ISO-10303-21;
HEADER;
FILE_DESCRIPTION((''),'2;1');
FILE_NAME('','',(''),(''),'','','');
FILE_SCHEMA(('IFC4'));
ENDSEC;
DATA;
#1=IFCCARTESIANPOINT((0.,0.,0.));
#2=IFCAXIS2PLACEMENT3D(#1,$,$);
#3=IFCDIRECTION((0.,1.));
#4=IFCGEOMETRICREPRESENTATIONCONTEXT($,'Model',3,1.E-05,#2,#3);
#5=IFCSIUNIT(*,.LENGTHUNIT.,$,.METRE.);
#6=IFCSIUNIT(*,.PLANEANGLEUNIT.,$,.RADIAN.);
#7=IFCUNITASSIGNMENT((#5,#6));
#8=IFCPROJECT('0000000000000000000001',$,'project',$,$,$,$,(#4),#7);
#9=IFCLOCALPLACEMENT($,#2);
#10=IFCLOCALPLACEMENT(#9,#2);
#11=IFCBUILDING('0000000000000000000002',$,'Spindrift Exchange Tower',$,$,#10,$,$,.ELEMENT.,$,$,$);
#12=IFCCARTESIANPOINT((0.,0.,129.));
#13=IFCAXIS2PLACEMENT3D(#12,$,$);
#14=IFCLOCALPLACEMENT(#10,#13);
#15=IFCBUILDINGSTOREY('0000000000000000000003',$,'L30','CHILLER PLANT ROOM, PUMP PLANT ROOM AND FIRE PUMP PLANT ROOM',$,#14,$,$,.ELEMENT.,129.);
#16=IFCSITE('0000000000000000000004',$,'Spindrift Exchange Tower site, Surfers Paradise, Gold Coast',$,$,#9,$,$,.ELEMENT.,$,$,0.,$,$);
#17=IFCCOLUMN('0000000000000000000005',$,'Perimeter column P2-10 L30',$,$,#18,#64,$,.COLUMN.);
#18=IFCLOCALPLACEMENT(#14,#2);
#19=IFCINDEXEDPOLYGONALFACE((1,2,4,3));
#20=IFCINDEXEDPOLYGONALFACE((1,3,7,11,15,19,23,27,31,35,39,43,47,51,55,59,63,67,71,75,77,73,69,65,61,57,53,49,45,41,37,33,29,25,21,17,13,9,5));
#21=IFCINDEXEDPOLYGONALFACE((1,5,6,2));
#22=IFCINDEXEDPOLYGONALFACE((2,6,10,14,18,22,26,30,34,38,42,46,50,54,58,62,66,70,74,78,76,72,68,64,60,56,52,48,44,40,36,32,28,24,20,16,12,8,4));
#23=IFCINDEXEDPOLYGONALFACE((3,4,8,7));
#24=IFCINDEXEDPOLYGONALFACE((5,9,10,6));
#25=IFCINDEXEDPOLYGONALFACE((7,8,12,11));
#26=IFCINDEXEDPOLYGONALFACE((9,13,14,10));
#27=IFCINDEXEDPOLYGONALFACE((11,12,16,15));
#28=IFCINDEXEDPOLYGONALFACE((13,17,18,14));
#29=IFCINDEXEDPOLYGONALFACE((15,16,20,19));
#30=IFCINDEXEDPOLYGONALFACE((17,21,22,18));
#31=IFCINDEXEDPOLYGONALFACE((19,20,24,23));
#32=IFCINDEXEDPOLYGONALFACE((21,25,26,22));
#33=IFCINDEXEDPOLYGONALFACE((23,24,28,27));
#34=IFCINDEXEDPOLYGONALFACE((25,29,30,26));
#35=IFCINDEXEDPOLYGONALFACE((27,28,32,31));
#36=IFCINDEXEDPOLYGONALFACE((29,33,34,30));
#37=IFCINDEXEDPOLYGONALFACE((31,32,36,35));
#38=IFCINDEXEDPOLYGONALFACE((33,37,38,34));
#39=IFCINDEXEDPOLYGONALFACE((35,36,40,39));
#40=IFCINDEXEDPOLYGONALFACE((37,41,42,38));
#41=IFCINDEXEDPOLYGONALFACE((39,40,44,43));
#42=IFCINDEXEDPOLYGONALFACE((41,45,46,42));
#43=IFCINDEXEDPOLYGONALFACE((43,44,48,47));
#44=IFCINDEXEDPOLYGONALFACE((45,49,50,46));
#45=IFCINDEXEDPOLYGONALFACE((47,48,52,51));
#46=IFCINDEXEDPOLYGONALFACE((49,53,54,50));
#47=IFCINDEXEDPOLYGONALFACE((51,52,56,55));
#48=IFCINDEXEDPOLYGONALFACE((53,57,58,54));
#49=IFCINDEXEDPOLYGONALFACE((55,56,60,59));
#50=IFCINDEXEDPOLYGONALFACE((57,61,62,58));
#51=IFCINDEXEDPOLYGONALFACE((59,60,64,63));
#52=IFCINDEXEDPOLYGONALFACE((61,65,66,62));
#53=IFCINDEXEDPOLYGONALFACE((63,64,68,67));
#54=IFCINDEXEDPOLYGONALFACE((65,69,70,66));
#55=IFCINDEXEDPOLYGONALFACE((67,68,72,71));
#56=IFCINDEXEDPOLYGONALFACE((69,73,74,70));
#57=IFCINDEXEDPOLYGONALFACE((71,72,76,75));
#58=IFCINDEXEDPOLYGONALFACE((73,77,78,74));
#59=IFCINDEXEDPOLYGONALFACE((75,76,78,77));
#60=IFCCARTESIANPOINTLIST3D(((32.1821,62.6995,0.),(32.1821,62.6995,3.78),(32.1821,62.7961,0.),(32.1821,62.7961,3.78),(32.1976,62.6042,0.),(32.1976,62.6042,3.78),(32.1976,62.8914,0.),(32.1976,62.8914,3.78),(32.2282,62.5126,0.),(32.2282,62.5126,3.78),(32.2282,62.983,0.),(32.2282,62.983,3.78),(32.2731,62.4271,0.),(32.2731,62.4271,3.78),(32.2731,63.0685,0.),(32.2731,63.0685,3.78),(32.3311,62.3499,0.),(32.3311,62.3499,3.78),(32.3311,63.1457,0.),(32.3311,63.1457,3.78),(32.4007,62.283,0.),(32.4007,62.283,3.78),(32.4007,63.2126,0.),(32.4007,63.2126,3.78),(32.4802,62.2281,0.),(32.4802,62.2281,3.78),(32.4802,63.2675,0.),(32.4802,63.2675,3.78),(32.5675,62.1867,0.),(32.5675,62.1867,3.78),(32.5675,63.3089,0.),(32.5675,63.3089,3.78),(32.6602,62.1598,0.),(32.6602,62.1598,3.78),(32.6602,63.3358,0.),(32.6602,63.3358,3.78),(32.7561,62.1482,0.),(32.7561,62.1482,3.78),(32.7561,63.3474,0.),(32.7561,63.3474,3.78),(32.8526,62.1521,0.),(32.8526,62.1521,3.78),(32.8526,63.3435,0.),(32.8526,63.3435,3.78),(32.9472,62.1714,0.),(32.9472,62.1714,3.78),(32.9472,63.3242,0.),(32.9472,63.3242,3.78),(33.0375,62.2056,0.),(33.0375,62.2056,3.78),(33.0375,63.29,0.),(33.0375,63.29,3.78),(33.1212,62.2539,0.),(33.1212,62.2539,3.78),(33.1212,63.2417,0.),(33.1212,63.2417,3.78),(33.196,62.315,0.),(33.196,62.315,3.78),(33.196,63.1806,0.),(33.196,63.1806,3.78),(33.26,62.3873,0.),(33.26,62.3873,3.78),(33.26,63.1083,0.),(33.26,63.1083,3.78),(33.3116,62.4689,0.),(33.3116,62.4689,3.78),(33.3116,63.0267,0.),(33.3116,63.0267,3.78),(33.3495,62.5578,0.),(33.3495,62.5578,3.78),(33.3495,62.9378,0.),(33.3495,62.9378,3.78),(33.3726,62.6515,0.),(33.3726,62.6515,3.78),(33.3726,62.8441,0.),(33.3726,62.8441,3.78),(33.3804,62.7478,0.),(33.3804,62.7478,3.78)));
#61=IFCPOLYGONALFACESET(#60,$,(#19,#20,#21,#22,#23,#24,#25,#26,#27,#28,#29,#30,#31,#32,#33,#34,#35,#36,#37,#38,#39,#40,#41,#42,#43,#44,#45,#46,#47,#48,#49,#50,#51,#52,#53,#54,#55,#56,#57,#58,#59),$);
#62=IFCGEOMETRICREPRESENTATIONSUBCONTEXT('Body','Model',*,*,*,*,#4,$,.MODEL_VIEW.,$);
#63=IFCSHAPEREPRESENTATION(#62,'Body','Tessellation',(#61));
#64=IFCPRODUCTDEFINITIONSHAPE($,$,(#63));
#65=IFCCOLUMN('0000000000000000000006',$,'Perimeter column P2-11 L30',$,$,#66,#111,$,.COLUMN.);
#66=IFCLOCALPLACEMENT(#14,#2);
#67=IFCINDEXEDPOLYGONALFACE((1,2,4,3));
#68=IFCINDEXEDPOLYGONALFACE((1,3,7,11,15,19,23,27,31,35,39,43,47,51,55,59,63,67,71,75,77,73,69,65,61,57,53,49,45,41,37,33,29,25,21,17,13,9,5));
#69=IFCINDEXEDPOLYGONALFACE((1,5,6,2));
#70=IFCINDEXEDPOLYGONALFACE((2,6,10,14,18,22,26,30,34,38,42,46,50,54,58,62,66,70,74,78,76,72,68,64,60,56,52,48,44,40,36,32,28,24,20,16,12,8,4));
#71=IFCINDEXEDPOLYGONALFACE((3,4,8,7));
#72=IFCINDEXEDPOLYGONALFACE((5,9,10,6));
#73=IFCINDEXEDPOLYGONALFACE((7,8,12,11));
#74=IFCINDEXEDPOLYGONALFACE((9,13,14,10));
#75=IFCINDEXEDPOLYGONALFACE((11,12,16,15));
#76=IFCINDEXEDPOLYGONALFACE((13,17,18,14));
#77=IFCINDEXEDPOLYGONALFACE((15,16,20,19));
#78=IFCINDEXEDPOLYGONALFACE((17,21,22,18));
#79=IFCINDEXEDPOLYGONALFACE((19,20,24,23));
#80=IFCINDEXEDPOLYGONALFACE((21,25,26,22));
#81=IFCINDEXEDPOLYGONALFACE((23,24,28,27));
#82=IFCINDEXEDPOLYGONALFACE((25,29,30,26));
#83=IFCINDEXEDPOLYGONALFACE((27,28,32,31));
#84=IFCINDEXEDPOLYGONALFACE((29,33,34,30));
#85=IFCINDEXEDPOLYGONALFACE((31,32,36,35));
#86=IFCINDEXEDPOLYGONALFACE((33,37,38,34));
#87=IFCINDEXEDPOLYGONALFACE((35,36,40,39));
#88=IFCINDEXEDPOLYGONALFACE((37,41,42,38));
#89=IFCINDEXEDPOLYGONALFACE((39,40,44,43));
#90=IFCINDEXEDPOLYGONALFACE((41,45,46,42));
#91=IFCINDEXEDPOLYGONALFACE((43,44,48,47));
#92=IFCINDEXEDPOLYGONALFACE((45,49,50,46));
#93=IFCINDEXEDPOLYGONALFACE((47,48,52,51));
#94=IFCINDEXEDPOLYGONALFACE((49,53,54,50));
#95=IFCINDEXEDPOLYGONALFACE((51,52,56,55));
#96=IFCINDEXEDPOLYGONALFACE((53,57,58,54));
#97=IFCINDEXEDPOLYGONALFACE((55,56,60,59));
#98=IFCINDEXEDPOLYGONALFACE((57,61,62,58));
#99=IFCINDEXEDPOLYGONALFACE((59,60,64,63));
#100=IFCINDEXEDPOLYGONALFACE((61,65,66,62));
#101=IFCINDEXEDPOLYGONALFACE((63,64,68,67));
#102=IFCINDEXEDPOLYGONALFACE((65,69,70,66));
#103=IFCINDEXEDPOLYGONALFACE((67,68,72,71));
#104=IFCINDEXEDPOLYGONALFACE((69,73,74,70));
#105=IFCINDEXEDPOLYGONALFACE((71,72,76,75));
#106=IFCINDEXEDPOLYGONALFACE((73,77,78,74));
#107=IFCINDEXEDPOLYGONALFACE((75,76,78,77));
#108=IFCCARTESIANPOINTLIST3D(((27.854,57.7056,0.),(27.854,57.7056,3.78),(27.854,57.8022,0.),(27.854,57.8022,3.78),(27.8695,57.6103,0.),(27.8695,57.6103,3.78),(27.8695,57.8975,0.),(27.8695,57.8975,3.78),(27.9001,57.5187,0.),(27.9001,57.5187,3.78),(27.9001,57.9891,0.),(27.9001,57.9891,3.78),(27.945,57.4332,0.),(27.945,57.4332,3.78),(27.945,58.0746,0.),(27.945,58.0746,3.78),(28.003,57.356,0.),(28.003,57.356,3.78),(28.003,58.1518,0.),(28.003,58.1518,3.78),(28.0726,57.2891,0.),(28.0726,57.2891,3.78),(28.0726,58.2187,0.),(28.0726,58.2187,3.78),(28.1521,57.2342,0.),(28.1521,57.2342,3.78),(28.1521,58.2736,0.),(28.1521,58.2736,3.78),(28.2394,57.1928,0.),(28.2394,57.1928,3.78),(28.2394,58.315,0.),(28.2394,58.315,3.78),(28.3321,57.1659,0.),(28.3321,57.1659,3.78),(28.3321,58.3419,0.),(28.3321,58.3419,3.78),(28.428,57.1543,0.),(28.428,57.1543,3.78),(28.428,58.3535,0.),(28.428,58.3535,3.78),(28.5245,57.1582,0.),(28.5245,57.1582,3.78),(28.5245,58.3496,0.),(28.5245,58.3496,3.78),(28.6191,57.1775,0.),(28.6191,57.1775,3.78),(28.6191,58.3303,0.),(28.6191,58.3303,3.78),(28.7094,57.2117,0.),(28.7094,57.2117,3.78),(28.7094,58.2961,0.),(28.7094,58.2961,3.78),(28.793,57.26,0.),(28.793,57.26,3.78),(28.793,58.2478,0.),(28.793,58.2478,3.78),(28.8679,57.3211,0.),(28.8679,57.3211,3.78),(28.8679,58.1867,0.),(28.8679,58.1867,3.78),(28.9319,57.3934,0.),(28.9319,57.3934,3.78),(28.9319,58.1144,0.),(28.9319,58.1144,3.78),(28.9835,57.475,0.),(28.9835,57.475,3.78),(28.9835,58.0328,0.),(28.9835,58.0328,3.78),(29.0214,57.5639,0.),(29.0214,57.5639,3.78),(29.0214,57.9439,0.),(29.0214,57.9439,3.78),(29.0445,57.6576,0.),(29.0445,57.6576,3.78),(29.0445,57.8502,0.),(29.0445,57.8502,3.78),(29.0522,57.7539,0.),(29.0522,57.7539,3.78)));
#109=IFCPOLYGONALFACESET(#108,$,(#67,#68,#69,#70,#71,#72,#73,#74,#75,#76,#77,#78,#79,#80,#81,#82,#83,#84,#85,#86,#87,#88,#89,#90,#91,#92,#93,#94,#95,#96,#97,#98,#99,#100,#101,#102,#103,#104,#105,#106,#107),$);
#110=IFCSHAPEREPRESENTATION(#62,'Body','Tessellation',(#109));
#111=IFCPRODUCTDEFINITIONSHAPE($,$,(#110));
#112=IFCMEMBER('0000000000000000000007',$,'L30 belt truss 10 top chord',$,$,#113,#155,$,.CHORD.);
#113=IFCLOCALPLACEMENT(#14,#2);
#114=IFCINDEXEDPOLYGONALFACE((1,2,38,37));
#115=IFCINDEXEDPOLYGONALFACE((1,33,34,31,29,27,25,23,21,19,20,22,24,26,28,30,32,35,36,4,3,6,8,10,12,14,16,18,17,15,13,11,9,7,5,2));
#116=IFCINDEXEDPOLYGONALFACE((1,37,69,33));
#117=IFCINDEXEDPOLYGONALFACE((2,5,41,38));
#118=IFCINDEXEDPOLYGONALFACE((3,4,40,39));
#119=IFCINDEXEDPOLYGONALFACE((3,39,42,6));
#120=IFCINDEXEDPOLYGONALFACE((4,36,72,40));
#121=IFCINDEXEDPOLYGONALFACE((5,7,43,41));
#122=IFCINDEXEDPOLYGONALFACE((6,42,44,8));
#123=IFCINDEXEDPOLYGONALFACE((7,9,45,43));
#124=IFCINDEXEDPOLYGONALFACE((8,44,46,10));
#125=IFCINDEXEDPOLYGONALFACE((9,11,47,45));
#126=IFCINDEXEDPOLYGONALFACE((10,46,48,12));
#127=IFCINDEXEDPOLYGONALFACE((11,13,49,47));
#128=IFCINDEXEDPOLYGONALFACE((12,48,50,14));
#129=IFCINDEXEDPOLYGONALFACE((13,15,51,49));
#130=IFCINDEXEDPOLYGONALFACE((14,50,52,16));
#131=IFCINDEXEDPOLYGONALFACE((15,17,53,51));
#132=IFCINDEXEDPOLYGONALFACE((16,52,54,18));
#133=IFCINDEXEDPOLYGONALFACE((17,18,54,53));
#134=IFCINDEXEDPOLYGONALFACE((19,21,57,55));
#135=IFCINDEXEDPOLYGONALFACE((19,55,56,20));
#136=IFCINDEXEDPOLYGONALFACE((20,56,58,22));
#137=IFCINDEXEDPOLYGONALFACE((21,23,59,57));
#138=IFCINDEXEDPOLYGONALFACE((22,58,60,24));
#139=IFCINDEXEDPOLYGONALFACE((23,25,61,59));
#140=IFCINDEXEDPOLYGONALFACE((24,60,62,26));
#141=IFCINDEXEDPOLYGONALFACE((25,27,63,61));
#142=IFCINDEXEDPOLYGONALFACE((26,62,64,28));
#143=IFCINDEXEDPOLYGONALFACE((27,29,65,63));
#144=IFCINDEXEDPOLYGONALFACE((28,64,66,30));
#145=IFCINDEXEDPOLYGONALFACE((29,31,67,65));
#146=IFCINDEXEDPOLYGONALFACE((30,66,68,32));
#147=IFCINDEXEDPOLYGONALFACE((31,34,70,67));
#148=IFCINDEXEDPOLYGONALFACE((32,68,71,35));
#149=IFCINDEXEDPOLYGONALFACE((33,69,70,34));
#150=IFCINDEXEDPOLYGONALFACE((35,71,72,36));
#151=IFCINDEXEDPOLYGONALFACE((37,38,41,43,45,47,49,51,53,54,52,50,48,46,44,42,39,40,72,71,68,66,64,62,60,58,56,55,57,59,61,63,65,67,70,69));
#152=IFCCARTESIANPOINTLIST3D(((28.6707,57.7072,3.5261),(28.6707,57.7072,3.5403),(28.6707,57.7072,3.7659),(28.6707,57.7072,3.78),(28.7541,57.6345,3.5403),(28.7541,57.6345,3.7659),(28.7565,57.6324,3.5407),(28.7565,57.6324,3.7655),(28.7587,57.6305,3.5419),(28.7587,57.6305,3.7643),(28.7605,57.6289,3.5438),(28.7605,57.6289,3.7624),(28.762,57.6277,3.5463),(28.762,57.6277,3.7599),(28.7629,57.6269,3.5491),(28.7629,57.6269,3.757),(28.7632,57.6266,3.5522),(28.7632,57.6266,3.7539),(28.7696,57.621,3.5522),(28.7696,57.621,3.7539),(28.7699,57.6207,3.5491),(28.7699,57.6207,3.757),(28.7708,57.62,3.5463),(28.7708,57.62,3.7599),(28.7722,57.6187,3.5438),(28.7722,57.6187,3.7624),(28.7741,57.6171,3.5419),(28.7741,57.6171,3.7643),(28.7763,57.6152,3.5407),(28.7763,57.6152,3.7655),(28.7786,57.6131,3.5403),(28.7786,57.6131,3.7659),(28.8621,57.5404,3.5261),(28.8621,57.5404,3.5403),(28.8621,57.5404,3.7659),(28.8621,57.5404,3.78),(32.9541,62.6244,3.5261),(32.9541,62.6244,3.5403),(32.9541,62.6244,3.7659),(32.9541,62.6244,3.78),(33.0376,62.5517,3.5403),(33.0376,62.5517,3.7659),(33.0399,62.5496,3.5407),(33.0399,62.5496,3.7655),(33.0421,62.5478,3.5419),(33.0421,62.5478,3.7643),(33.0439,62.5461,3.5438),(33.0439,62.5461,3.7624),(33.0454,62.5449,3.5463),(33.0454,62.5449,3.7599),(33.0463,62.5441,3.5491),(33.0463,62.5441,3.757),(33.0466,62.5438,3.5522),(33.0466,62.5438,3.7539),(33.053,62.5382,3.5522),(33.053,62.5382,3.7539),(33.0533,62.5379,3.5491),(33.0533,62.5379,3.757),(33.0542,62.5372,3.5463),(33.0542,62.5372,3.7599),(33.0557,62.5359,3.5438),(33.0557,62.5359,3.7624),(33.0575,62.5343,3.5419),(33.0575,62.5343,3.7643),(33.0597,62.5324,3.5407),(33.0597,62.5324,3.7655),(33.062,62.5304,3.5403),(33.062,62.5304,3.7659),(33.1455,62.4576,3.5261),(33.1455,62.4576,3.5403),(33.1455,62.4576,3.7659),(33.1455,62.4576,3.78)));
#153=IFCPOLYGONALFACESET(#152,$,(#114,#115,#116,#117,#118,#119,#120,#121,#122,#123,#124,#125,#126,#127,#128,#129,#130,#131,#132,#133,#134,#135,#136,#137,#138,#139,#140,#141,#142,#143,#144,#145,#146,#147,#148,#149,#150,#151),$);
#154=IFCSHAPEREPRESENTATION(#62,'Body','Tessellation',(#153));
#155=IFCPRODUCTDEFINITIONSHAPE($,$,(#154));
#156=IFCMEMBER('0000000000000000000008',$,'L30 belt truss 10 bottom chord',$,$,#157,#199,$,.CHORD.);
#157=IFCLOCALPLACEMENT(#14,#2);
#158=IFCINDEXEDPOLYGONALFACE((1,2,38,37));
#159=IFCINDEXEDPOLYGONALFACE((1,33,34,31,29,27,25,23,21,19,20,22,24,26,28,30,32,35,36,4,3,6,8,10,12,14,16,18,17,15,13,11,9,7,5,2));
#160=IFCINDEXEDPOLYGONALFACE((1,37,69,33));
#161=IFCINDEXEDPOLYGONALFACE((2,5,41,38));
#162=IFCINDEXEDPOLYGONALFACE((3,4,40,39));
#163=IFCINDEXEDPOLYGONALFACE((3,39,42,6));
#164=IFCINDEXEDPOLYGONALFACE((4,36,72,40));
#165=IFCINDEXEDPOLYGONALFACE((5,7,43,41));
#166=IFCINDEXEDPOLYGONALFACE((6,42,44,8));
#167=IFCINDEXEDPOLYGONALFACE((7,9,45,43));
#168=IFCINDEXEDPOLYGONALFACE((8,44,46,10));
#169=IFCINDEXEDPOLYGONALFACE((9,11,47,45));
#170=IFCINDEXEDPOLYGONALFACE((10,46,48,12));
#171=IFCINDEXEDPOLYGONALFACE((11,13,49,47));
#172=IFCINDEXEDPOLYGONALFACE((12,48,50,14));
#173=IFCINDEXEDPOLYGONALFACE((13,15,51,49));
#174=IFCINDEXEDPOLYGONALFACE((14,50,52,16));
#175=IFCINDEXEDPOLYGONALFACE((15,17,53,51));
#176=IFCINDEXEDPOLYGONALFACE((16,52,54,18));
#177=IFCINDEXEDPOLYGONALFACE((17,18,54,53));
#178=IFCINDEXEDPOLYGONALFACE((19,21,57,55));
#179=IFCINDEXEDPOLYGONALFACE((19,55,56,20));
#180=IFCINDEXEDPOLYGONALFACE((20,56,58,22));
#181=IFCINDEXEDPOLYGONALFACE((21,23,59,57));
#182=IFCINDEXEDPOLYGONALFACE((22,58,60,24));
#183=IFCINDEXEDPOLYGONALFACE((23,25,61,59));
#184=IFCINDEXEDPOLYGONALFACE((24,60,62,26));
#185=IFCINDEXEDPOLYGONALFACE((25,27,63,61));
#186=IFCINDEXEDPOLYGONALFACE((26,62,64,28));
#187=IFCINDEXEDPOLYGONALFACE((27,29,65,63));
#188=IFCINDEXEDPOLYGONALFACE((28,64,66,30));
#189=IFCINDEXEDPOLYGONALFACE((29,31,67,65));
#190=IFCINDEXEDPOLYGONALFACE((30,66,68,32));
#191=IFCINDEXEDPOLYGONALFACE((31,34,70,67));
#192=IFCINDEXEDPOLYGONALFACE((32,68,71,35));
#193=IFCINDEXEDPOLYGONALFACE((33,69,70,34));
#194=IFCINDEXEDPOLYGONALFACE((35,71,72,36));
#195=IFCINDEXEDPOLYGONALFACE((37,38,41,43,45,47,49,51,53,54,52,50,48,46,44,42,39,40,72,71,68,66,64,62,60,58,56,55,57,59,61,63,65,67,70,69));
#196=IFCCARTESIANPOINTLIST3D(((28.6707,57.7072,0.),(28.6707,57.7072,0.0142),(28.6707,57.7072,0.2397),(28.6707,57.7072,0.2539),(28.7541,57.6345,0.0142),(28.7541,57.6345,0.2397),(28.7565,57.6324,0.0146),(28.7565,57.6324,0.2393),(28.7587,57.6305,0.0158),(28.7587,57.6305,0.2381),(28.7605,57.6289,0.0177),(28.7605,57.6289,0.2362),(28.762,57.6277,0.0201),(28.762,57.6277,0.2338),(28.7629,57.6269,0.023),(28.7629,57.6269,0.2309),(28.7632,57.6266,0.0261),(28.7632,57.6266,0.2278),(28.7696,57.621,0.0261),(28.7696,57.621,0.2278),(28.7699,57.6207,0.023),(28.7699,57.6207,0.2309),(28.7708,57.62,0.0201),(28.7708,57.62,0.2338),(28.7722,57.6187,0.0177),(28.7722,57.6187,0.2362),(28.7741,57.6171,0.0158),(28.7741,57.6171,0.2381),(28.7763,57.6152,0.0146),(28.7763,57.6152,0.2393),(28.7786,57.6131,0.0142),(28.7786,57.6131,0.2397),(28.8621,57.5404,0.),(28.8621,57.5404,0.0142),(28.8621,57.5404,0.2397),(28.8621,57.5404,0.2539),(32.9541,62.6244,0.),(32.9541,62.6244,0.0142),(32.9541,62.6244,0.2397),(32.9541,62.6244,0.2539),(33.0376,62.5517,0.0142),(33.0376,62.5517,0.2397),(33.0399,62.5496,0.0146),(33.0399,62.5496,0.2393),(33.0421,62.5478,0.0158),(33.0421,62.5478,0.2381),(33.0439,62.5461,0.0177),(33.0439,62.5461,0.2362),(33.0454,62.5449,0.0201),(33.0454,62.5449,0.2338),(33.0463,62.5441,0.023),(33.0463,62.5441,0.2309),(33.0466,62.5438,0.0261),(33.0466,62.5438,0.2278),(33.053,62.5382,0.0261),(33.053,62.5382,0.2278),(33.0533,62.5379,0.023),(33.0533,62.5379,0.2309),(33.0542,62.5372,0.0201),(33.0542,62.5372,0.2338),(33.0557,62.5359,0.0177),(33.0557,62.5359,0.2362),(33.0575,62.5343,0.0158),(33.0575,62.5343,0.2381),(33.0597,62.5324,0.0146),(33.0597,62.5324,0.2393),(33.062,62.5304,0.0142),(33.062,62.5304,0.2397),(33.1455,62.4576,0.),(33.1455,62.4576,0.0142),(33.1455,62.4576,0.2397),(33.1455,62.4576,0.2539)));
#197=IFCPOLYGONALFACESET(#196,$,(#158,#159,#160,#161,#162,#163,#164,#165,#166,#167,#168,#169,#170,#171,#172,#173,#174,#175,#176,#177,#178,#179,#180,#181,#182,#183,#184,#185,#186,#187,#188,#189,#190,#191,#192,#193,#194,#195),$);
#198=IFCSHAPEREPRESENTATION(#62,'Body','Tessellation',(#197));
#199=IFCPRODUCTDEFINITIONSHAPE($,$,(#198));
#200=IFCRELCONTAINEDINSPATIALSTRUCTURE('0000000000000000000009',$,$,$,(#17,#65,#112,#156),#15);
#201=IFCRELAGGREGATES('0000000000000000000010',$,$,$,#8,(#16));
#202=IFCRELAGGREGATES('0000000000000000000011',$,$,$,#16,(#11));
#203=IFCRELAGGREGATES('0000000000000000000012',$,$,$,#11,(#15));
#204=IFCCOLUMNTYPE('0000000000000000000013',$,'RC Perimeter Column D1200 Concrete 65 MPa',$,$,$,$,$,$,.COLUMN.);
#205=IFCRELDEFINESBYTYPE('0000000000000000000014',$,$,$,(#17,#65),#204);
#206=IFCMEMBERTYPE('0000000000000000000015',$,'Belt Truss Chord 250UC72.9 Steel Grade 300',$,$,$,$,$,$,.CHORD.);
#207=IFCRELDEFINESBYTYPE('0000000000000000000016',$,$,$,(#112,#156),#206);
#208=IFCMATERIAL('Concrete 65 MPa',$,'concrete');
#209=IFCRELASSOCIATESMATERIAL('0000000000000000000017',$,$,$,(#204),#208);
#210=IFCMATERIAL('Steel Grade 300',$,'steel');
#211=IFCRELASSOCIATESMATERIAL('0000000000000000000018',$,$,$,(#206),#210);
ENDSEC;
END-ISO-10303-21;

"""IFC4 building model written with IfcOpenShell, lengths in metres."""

from ifc_helpers import new_model, si_unit, direction, frame, origin, origin_2d, place, context, subcontext, project, spatial, circle, i_section, extrude, source, transform, mapped, material, material_profile, profile_set, type_object, element, save


model = new_model("IFC4")

# Units and contexts
model_context = context("Model", 3, precision=1e-05, world=origin(), true_north=direction((0.0, 1.0)))
body_context = subcontext(model_context, "Body", "Model", "MODEL_VIEW")
ifc_project = project(units=[si_unit("LENGTHUNIT", "METRE"), si_unit("PLANEANGLEUNIT", "RADIAN")], contexts=[model_context])

# Site, building, storey
site_placement = place(None, origin())
site = spatial("IfcSite", under=ifc_project, at=site_placement, Name="Spindrift Exchange Tower site, Surfers Paradise, Gold Coast", CompositionType="ELEMENT", RefElevation=0.0)
building_placement = place(site_placement, origin())
building = spatial("IfcBuilding", under=site, at=building_placement, Name="Spindrift Exchange Tower", CompositionType="ELEMENT")
storey_placement = place(building_placement, frame((0.0, 0.0, 129.0)))
storey = spatial("IfcBuildingStorey", under=building, at=storey_placement, Name="L30", Description="CHILLER PLANT ROOM, PUMP PLANT ROOM AND FIRE PUMP PLANT ROOM", CompositionType="ELEMENT", Elevation=129.0)

# Columns
ifc_material_1 = material(Name="Concrete 65 MPa", Category="concrete")
ifc_material_profile_1 = material_profile(ifc_material_1, circle(Radius=0.6001, at=origin_2d()), Name="RC D1200")
ifc_profile_set_1 = profile_set([ifc_material_profile_1], Name="Concrete 65 MPa")
column_type = type_object("IfcColumnType", Name="RC Perimeter Column D1200 Concrete 65 MPa", PredefinedType="COLUMN", material=ifc_profile_set_1)
shared_shape_1 = source(origin(), body_context, "Body", "SweptSolid", [
    extrude(circle(Radius=0.6001, at=origin_2d()), origin(), (0.0, 0.0, 1.0), 3.78),
])
for number, where, z_axis, x_axis, name in (
    (1, (32.7803, 62.7478, 0.0), (0.0, 0.0, 1.0), (1.0, 0.0, 0.0), "Perimeter column P2-10 L30"),
    (2, (28.4521, 57.7539, 0.0), (0.0, 0.0, 1.0), (1.0, 0.0, 0.0), "Perimeter column P2-11 L30"),
):
    element("IfcColumn", number, at=place(storey_placement, frame(where, z_axis=z_axis, x_axis=x_axis)), inside=storey, type_object=column_type, Name=name, PredefinedType="COLUMN", context=body_context, shape_type="MappedRepresentation", body=[
        mapped(shared_shape_1, transform((0.0, 0.0, 0.0), scale=1.0)),
    ])

# Members
ifc_material_2 = material(Name="Steel Grade 300", Category="steel")
ifc_material_profile_2 = material_profile(ifc_material_2, i_section(OverallWidth=0.2539, OverallDepth=0.2539, WebThickness=0.0085, FlangeThickness=0.0142, FilletRadius=0.012, at=origin_2d()), Name="250UC72.9")
ifc_profile_set_2 = profile_set([ifc_material_profile_2], Name="Steel Grade 300")
member_type_1 = type_object("IfcMemberType", Name="Belt Truss Chord 250UC72.9 Steel Grade 300", PredefinedType="CHORD", material=ifc_profile_set_2)
shared_shape_2 = source(origin(), body_context, "Body", "SweptSolid", [
    extrude(i_section(OverallWidth=0.2539, OverallDepth=0.2539, WebThickness=0.0085, FlangeThickness=0.0142, FilletRadius=0.012, at=origin_2d()), origin(), (0.0, 0.0, 1.0), 6.5212),
])
for number, where, z_axis, x_axis, name in (
    (3, (33.0498, 62.541, 3.6531), (-0.656841, -0.754029, 0.0), (0.754029, -0.656841, 0.0), "L30 belt truss 10 top chord"),
    (4, (33.0498, 62.541, 0.127), (-0.656841, -0.754029, 0.0), (0.754029, -0.656841, 0.0), "L30 belt truss 10 bottom chord"),
):
    element("IfcMember", number, at=place(storey_placement, frame(where, z_axis=z_axis, x_axis=x_axis)), inside=storey, type_object=member_type_1, Name=name, PredefinedType="CHORD", context=body_context, shape_type="MappedRepresentation", body=[
        mapped(shared_shape_2, transform((0.0, 0.0, 0.0), scale=1.0)),
    ])

save(model, "model.ifc")
